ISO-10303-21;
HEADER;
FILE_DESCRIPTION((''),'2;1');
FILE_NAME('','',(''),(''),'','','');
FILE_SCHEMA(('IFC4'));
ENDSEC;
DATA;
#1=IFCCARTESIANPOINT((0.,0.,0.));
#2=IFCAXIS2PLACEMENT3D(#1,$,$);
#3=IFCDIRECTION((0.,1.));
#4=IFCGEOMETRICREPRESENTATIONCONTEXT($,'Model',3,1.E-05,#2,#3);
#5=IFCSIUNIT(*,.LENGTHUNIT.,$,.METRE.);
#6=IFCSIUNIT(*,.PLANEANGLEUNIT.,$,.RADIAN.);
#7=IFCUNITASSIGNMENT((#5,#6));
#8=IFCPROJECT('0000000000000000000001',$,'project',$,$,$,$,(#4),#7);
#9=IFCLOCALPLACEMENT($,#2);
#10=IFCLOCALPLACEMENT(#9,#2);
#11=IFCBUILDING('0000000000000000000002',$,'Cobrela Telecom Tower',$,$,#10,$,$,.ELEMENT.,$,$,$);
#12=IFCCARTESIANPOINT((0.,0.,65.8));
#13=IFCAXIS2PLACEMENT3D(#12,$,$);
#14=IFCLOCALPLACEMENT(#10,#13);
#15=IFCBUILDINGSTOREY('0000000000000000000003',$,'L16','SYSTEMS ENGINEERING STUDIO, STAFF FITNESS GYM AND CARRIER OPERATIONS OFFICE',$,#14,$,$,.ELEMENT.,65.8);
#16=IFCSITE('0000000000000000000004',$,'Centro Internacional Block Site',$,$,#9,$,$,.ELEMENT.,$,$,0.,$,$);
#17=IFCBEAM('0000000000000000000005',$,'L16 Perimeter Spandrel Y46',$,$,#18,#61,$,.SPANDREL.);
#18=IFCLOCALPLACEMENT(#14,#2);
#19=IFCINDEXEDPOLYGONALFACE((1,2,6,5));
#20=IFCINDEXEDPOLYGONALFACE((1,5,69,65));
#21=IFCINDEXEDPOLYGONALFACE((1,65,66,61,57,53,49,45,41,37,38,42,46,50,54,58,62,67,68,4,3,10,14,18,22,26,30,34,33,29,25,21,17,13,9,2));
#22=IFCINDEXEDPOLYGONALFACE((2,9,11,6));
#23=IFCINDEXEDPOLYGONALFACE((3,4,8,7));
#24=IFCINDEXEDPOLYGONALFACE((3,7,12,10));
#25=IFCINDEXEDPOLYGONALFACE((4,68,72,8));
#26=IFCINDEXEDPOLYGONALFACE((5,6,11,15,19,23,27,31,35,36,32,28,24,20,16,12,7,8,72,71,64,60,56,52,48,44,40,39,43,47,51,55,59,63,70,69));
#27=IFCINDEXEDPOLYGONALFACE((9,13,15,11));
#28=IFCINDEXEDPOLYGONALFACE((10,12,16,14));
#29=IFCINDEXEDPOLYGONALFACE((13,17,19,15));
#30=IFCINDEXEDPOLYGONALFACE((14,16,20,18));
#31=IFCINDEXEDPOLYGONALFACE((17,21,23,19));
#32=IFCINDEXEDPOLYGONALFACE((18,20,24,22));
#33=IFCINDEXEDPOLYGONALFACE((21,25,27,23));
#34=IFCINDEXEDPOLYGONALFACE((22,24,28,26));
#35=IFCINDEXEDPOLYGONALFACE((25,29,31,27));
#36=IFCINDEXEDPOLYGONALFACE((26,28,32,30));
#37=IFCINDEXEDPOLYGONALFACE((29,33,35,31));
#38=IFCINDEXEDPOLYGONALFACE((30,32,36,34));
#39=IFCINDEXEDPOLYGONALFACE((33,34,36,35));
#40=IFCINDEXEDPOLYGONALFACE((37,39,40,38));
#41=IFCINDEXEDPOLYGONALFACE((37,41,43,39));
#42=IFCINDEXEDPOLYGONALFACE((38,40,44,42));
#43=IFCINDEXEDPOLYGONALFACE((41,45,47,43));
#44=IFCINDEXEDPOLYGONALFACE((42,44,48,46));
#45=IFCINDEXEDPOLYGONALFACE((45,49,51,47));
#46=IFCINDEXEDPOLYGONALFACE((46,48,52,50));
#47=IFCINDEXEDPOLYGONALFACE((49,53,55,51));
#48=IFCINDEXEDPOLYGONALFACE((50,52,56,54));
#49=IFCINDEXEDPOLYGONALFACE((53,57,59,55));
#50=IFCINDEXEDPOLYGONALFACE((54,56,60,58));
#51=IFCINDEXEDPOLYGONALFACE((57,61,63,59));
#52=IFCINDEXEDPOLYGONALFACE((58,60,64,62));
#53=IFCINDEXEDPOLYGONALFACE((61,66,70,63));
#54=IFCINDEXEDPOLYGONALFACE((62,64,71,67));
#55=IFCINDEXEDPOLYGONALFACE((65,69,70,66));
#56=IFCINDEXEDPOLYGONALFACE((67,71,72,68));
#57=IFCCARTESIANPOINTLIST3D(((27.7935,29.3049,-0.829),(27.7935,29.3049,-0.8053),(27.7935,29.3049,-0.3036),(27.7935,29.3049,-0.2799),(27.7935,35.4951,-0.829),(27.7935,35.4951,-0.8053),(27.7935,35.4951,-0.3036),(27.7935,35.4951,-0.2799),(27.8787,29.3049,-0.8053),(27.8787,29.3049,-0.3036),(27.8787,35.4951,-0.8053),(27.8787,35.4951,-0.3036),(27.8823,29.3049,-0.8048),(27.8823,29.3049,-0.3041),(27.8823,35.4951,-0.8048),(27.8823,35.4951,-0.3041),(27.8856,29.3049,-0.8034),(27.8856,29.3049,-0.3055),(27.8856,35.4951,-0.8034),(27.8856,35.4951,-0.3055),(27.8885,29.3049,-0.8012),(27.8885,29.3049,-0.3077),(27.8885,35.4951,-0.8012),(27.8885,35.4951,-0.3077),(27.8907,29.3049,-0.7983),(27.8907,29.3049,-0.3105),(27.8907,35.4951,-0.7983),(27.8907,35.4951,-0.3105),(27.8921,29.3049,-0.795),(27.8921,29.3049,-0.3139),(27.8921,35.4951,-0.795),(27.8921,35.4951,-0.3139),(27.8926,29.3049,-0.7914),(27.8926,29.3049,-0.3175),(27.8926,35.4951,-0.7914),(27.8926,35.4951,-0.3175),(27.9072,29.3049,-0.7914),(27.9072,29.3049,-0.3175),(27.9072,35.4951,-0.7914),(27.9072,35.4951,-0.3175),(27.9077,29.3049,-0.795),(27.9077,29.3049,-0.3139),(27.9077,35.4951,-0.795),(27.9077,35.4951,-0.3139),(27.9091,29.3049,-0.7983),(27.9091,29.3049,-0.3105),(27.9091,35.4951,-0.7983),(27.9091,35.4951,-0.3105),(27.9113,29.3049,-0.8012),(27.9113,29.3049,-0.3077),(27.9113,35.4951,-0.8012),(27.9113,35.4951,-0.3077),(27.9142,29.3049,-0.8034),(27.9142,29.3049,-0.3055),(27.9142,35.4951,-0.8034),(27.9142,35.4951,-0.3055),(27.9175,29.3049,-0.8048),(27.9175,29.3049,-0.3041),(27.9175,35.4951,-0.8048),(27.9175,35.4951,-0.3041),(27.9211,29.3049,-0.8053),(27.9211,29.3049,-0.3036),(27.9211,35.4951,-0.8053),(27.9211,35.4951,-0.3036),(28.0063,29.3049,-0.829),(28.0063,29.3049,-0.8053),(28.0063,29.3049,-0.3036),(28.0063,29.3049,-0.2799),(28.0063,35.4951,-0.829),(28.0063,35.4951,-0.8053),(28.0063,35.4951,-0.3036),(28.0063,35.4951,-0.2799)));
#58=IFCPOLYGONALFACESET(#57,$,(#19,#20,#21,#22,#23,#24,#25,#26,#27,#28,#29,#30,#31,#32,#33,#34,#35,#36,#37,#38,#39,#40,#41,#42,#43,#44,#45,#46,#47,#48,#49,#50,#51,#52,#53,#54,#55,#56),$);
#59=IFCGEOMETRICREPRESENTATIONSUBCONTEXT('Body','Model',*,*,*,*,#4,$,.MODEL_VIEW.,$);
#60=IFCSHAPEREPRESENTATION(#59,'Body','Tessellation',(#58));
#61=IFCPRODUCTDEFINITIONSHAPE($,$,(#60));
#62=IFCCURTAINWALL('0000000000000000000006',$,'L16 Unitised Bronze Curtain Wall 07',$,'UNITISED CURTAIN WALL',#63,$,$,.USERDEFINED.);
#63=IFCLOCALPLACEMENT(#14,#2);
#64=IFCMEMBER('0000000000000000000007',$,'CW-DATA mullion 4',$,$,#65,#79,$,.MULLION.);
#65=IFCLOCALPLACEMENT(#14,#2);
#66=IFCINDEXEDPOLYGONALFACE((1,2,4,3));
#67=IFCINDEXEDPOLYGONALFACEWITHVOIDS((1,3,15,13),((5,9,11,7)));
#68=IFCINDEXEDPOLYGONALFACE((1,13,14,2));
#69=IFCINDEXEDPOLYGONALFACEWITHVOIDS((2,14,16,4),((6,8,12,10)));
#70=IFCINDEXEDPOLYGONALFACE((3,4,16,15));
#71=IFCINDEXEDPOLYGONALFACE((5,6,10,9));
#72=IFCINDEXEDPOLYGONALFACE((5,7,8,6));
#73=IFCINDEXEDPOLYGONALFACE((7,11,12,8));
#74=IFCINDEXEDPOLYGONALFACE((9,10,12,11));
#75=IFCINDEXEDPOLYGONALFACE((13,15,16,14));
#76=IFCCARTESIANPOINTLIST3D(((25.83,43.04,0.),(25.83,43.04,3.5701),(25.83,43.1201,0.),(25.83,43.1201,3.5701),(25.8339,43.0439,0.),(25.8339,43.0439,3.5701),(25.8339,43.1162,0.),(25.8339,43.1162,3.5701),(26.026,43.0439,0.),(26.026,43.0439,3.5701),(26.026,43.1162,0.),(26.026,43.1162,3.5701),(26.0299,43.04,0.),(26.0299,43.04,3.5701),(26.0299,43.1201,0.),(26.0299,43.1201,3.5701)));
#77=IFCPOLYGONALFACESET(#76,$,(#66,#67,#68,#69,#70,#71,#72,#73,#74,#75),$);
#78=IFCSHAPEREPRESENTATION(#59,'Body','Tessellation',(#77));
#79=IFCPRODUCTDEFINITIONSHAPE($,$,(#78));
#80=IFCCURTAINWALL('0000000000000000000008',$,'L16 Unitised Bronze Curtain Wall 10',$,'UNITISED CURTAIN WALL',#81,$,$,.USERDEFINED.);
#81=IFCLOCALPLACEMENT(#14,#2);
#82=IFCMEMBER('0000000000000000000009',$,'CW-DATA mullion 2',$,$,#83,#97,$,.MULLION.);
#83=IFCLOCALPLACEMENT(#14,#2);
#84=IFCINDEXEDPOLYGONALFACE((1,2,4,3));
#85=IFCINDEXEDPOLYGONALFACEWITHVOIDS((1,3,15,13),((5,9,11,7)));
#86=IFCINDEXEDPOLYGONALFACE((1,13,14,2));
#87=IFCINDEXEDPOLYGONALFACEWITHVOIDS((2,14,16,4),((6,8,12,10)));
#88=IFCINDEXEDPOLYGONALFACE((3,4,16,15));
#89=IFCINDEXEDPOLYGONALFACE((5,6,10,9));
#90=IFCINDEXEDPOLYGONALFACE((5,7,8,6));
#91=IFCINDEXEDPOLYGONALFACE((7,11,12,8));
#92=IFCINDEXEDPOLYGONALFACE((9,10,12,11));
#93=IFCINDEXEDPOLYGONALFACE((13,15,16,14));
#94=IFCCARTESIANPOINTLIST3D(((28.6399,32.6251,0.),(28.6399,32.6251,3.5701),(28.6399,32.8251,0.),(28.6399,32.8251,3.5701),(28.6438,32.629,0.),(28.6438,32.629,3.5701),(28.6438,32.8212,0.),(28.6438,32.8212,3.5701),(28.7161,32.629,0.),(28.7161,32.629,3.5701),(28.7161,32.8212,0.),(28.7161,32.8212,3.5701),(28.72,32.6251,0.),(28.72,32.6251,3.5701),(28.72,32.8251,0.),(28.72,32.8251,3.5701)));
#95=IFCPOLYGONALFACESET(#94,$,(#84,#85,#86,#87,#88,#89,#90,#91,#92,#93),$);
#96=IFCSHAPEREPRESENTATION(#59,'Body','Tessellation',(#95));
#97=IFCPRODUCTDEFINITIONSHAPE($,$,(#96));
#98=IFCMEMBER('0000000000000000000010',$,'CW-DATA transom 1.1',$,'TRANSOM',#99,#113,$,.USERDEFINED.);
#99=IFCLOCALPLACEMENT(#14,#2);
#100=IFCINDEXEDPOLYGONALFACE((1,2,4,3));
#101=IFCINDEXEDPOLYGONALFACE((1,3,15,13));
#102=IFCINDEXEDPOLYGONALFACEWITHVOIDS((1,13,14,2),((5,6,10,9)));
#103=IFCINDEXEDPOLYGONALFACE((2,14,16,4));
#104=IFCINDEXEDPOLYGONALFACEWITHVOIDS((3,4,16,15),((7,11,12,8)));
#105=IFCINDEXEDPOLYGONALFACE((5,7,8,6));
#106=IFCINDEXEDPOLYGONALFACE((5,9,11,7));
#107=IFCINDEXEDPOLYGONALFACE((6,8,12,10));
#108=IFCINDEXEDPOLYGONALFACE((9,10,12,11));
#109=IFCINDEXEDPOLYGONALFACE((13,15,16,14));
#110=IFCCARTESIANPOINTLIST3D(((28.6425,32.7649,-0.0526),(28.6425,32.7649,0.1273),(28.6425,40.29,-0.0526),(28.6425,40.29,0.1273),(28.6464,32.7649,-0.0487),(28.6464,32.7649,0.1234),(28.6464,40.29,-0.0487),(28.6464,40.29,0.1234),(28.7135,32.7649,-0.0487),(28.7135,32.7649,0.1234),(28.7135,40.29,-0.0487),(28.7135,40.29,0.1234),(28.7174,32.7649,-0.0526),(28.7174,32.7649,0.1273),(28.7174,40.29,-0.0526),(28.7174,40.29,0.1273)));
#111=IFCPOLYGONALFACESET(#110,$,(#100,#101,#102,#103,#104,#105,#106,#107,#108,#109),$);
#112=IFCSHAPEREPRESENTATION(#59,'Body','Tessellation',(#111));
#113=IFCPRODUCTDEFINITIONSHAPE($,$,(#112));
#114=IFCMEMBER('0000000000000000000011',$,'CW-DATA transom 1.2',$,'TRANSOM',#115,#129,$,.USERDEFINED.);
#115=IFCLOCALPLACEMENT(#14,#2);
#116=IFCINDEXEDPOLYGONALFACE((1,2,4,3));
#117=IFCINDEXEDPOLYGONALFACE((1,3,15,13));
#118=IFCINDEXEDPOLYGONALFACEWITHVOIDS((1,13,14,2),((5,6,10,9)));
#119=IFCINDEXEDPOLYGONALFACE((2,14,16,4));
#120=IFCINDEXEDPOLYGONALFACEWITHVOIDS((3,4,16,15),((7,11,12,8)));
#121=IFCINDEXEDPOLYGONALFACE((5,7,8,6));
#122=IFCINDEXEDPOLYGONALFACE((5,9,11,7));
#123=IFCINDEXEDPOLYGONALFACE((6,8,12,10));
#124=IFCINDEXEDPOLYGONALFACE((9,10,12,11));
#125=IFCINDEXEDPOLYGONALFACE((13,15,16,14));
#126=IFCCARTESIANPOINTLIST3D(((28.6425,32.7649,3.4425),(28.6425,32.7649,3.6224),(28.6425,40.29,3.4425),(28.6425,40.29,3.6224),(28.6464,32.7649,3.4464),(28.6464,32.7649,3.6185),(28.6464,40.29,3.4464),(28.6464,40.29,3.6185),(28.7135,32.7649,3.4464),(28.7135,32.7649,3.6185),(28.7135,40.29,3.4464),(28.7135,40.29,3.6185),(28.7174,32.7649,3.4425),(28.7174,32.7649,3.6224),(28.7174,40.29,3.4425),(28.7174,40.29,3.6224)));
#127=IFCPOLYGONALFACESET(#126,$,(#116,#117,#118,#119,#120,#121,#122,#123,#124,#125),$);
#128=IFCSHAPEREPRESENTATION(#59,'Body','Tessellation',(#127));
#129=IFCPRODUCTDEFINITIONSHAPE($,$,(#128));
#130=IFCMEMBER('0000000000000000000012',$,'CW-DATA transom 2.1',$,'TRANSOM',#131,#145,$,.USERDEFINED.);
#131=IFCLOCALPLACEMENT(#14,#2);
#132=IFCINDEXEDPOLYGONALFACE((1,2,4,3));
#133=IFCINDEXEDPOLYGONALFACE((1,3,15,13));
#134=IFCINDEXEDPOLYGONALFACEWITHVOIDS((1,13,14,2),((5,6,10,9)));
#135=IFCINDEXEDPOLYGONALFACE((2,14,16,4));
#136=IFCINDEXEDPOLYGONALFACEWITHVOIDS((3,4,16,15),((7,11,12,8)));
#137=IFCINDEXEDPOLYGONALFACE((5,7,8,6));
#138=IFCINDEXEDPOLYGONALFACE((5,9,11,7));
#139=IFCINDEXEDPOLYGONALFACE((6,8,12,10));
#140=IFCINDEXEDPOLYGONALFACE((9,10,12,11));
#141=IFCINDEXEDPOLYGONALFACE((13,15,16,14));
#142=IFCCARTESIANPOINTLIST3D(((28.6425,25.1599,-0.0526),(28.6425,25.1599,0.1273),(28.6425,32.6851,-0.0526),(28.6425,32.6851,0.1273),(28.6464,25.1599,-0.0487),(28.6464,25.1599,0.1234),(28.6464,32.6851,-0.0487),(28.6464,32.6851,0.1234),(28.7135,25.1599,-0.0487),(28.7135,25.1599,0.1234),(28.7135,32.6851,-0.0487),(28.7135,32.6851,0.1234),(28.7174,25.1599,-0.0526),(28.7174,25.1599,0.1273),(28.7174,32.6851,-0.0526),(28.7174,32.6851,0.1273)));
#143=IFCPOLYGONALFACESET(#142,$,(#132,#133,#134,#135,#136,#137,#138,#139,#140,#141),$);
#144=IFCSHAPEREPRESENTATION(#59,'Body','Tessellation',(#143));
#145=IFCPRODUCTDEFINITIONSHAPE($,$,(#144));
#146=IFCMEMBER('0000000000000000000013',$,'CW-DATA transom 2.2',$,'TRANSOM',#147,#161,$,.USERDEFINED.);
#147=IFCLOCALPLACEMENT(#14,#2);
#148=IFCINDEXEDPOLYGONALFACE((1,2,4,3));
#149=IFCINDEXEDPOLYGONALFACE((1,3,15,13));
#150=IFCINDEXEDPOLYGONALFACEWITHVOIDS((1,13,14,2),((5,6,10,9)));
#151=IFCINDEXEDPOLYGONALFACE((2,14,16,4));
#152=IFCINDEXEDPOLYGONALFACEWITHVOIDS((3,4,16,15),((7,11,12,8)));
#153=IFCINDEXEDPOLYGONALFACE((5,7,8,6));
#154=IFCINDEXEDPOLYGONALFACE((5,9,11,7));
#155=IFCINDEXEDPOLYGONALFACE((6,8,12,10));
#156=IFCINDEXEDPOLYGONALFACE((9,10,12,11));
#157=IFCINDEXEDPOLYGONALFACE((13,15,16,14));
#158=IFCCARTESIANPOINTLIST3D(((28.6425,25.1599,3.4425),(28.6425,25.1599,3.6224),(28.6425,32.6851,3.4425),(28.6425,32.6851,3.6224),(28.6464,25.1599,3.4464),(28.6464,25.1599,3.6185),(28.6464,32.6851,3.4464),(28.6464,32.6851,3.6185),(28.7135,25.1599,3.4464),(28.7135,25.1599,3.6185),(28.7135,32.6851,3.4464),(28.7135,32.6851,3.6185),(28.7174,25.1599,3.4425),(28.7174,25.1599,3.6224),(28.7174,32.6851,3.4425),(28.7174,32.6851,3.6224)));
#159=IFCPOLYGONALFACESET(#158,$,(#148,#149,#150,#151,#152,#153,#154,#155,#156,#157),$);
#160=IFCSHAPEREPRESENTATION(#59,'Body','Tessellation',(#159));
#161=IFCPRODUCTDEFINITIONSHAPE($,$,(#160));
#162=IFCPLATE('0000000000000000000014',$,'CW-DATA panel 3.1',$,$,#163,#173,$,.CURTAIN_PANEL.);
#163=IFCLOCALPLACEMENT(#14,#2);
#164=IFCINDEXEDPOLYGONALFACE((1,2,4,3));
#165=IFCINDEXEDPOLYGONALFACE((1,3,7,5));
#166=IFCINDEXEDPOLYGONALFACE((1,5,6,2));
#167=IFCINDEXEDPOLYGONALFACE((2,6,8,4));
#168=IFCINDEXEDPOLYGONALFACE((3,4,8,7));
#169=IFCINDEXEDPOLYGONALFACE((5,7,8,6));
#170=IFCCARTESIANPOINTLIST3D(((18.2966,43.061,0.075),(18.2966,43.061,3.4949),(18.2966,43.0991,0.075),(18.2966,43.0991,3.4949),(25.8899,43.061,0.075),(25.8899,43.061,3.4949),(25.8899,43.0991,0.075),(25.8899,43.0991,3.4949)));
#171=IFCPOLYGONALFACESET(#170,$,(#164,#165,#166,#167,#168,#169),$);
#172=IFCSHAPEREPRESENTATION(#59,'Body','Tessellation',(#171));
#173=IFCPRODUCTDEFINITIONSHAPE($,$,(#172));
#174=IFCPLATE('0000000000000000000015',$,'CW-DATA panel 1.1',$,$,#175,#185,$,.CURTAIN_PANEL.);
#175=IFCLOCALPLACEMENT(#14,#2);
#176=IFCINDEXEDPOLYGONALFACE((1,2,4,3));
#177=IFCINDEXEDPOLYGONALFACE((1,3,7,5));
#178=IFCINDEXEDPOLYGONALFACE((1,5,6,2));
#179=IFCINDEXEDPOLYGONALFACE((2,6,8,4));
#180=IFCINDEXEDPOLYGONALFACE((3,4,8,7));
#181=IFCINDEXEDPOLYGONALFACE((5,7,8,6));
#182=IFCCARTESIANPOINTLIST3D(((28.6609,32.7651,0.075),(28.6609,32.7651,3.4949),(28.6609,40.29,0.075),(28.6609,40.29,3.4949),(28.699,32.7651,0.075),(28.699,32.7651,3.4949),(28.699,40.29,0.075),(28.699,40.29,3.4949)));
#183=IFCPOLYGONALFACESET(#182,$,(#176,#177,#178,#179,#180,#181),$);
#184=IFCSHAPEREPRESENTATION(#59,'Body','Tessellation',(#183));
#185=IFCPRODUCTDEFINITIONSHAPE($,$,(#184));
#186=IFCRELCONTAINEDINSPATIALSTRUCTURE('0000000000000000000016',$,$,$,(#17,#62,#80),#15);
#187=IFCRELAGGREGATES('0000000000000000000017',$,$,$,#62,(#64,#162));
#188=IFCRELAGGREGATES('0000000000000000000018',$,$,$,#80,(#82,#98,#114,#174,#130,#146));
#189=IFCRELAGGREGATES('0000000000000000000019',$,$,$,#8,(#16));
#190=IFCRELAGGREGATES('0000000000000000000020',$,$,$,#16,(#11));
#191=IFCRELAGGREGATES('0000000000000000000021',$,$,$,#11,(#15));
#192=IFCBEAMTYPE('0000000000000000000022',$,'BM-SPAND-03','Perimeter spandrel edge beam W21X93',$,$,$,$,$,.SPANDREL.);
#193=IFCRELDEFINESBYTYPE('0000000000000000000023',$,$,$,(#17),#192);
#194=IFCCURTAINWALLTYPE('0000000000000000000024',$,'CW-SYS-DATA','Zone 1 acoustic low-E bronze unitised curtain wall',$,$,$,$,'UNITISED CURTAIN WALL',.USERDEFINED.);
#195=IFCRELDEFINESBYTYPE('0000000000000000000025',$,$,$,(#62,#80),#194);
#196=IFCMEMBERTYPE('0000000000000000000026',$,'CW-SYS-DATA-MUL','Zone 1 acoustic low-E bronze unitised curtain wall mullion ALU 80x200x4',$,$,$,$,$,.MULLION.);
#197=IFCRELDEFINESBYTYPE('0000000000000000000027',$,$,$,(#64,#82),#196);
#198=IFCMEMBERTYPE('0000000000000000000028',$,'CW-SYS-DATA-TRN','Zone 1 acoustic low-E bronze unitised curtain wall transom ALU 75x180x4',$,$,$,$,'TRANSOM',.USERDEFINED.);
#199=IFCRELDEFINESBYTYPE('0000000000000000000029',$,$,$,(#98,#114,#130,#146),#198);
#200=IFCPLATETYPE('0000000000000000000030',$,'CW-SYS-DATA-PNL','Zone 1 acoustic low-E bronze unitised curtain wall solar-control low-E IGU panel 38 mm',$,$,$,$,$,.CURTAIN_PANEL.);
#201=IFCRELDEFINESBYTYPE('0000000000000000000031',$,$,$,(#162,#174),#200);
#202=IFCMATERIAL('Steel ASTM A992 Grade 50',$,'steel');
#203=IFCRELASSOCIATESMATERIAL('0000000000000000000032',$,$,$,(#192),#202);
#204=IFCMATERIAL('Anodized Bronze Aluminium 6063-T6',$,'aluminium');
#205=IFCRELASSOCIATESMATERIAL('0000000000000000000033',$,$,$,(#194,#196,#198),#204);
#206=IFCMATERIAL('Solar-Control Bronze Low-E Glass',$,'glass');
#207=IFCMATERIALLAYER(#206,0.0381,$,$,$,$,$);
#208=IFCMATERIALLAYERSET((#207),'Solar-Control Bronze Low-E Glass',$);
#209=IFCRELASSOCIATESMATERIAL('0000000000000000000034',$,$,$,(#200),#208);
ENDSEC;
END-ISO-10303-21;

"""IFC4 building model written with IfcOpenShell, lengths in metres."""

from ifc_helpers import new_model, si_unit, direction, frame, origin, origin_2d, place, context, subcontext, project, spatial, rectangle, hollow_rectangle, i_section, extrude, material, layer, layer_set, material_profile, profile_set, type_object, element, aggregate, save


model = new_model("IFC4")

# Units and contexts
model_context = context("Model", 3, precision=1e-05, world=origin(), true_north=direction((0.0, 1.0)))
body_context = subcontext(model_context, "Body", "Model", "MODEL_VIEW")
ifc_project = project(units=[si_unit("LENGTHUNIT", "METRE"), si_unit("PLANEANGLEUNIT", "RADIAN")], contexts=[model_context])

# Site, building, storey
site_placement = place(None, origin())
site = spatial("IfcSite", under=ifc_project, at=site_placement, Name="Centro Internacional Block Site", CompositionType="ELEMENT", RefElevation=0.0)
building_placement = place(site_placement, origin())
building = spatial("IfcBuilding", under=site, at=building_placement, Name="Cobrela Telecom Tower", CompositionType="ELEMENT")
storey_placement = place(building_placement, frame((0.0, 0.0, 65.8)))
storey = spatial("IfcBuildingStorey", under=building, at=storey_placement, Name="L16", Description="SYSTEMS ENGINEERING STUDIO, STAFF FITNESS GYM AND CARRIER OPERATIONS OFFICE", CompositionType="ELEMENT", Elevation=65.8)

# Shared definitions
ifc_material_1 = material(Name="Steel ASTM A992 Grade 50", Category="steel")

# Beam
ifc_material_profile_1 = material_profile(ifc_material_1, i_section(OverallWidth=0.2129, OverallDepth=0.5491, WebThickness=0.0146, FlangeThickness=0.0237, FilletRadius=0.0139, at=origin_2d()), Name="W21X93")
ifc_profile_set_1 = profile_set([ifc_material_profile_1], Name="Steel ASTM A992 Grade 50")
beam_type_1 = type_object("IfcBeamType", Name="BM-SPAND-03", Description="Perimeter spandrel edge beam W21X93", PredefinedType="SPANDREL", material=ifc_profile_set_1)
beam_1_placement = place(storey_placement, frame((27.8999, 29.3049, -0.5544), z_axis=(0.0, 1.0, 0.0), x_axis=(-1.0, 0.0, 0.0)))
element("IfcBeam", 1, at=beam_1_placement, inside=storey, type_object=beam_type_1, Name="L16 Perimeter Spandrel Y46", PredefinedType="SPANDREL", context=body_context, shape_type="SweptSolid", body=[
    extrude(i_section(OverallWidth=0.2129, OverallDepth=0.5491, WebThickness=0.0146, FlangeThickness=0.0237, FilletRadius=0.0139, at=origin_2d()), origin(), (0.0, 0.0, 1.0), 6.1902),
])

# Curtain wall, member
ifc_material_2 = material(Name="Anodized Bronze Aluminium 6063-T6", Category="aluminium")
curtain_wall_type = type_object("IfcCurtainWallType", Name="CW-SYS-DATA", Description="Zone 1 acoustic low-E bronze unitised curtain wall", ElementType="UNITISED CURTAIN WALL", PredefinedType="USERDEFINED", material=ifc_material_2)
curtain_wall_1_placement = place(storey_placement, origin())
curtain_wall_1 = element("IfcCurtainWall", 2, at=curtain_wall_1_placement, inside=storey, type_object=curtain_wall_type, Name="L16 Unitised Bronze Curtain Wall 07", ObjectType="UNITISED CURTAIN WALL", PredefinedType="USERDEFINED")
ifc_material_profile_2 = material_profile(ifc_material_2, hollow_rectangle(XDim=0.0801, YDim=0.2, WallThickness=0.0039, at=origin_2d()), Name="ALU 80x200x4")
ifc_profile_set_2 = profile_set([ifc_material_profile_2], Name="Anodized Bronze Aluminium 6063-T6")
member_type_1 = type_object("IfcMemberType", Name="CW-SYS-DATA-MUL", Description="Zone 1 acoustic low-E bronze unitised curtain wall mullion ALU 80x200x4", PredefinedType="MULLION", material=ifc_profile_set_2)
member_1_placement = place(storey_placement, frame((25.9299, 43.0801, 0.0), z_axis=(0.0, 0.0, 1.0), x_axis=(0.0, 1.0, 0.0)))
member_1 = element("IfcMember", 3, at=member_1_placement, type_object=member_type_1, Name="CW-DATA mullion 4", PredefinedType="MULLION", context=body_context, shape_type="SweptSolid", body=[
    extrude(hollow_rectangle(XDim=0.0801, YDim=0.2, WallThickness=0.0039, at=origin_2d()), origin(), (0.0, 0.0, 1.0), 3.5701),
])

# Curtain wall, members
curtain_wall_2_placement = place(storey_placement, origin())
curtain_wall_2 = element("IfcCurtainWall", 4, at=curtain_wall_2_placement, inside=storey, type_object=curtain_wall_type, Name="L16 Unitised Bronze Curtain Wall 10", ObjectType="UNITISED CURTAIN WALL", PredefinedType="USERDEFINED")
member_2_placement = place(storey_placement, frame((28.6799, 32.7251, 0.0), z_axis=(0.0, 0.0, 1.0), x_axis=(1.0, 0.0, 0.0)))
member_2 = element("IfcMember", 5, at=member_2_placement, type_object=member_type_1, Name="CW-DATA mullion 2", PredefinedType="MULLION", context=body_context, shape_type="SweptSolid", body=[
    extrude(hollow_rectangle(XDim=0.0801, YDim=0.2, WallThickness=0.0039, at=origin_2d()), origin(), (0.0, 0.0, 1.0), 3.5701),
])
ifc_material_profile_3 = material_profile(ifc_material_2, hollow_rectangle(XDim=0.075, YDim=0.1799, WallThickness=0.0039, at=origin_2d()), Name="ALU 75x180x4")
ifc_profile_set_3 = profile_set([ifc_material_profile_3], Name="Anodized Bronze Aluminium 6063-T6")
member_type_2 = type_object("IfcMemberType", Name="CW-SYS-DATA-TRN", Description="Zone 1 acoustic low-E bronze unitised curtain wall transom ALU 75x180x4", ElementType="TRANSOM", PredefinedType="USERDEFINED", material=ifc_profile_set_3)
member_3_placement = place(storey_placement, frame((28.6799, 40.29, 0.0374), z_axis=(0.0, -1.0, 0.0), x_axis=(1.0, 0.0, 0.0)))
member_3 = element("IfcMember", 6, at=member_3_placement, type_object=member_type_2, Name="CW-DATA transom 1.1", ObjectType="TRANSOM", PredefinedType="USERDEFINED", context=body_context, shape_type="SweptSolid", body=[
    extrude(hollow_rectangle(XDim=0.075, YDim=0.1799, WallThickness=0.0039, at=origin_2d()), origin(), (0.0, 0.0, 1.0), 7.5251),
])
member_4_placement = place(storey_placement, frame((28.6799, 40.29, 3.5325), z_axis=(0.0, -1.0, 0.0), x_axis=(1.0, 0.0, 0.0)))
member_4 = element("IfcMember", 7, at=member_4_placement, type_object=member_type_2, Name="CW-DATA transom 1.2", ObjectType="TRANSOM", PredefinedType="USERDEFINED", context=body_context, shape_type="SweptSolid", body=[
    extrude(hollow_rectangle(XDim=0.075, YDim=0.1799, WallThickness=0.0039, at=origin_2d()), origin(), (0.0, 0.0, 1.0), 7.5251),
])
member_5_placement = place(storey_placement, frame((28.6799, 32.6851, 0.0374), z_axis=(0.0, -1.0, 0.0), x_axis=(1.0, 0.0, 0.0)))
member_5 = element("IfcMember", 8, at=member_5_placement, type_object=member_type_2, Name="CW-DATA transom 2.1", ObjectType="TRANSOM", PredefinedType="USERDEFINED", context=body_context, shape_type="SweptSolid", body=[
    extrude(hollow_rectangle(XDim=0.075, YDim=0.1799, WallThickness=0.0039, at=origin_2d()), origin(), (0.0, 0.0, 1.0), 7.5251),
])
member_6_placement = place(storey_placement, frame((28.6799, 32.6851, 3.5325), z_axis=(0.0, -1.0, 0.0), x_axis=(1.0, 0.0, 0.0)))
member_6 = element("IfcMember", 9, at=member_6_placement, type_object=member_type_2, Name="CW-DATA transom 2.2", ObjectType="TRANSOM", PredefinedType="USERDEFINED", context=body_context, shape_type="SweptSolid", body=[
    extrude(hollow_rectangle(XDim=0.075, YDim=0.1799, WallThickness=0.0039, at=origin_2d()), origin(), (0.0, 0.0, 1.0), 7.5251),
])

# Plates
ifc_material_3 = material(Name="Solar-Control Bronze Low-E Glass", Category="glass")
ifc_layer_1 = layer(ifc_material_3, 0.0381)
ifc_layer_set_1 = layer_set([ifc_layer_1], Name="Solar-Control Bronze Low-E Glass")
plate_type = type_object("IfcPlateType", Name="CW-SYS-DATA-PNL", Description="Zone 1 acoustic low-E bronze unitised curtain wall solar-control low-E IGU panel 38 mm", PredefinedType="CURTAIN_PANEL", material=ifc_layer_set_1)
plate_1_placement = place(storey_placement, frame((22.0933, 43.0801, 0.075), z_axis=(0.0, 0.0, 1.0), x_axis=(1.0, 0.0, 0.0)))
plate_1 = element("IfcPlate", 10, at=plate_1_placement, type_object=plate_type, Name="CW-DATA panel 3.1", PredefinedType="CURTAIN_PANEL", context=body_context, shape_type="SweptSolid", body=[
    extrude(rectangle(XDim=7.5933, YDim=0.0381, at=origin_2d()), origin(), (0.0, 0.0, 1.0), 3.4199),
])
aggregate(curtain_wall_1, [member_1, plate_1])
plate_2_placement = place(storey_placement, frame((28.6799, 36.5276, 0.075), z_axis=(0.0, 0.0, 1.0), x_axis=(0.0, -1.0, 0.0)))
plate_2 = element("IfcPlate", 11, at=plate_2_placement, type_object=plate_type, Name="CW-DATA panel 1.1", PredefinedType="CURTAIN_PANEL", context=body_context, shape_type="SweptSolid", body=[
    extrude(rectangle(XDim=7.5249, YDim=0.0381, at=origin_2d()), origin(), (0.0, 0.0, 1.0), 3.4199),
])
aggregate(curtain_wall_2, [member_2, member_3, member_4, plate_2, member_5, member_6])

save(model, "model.ifc")
